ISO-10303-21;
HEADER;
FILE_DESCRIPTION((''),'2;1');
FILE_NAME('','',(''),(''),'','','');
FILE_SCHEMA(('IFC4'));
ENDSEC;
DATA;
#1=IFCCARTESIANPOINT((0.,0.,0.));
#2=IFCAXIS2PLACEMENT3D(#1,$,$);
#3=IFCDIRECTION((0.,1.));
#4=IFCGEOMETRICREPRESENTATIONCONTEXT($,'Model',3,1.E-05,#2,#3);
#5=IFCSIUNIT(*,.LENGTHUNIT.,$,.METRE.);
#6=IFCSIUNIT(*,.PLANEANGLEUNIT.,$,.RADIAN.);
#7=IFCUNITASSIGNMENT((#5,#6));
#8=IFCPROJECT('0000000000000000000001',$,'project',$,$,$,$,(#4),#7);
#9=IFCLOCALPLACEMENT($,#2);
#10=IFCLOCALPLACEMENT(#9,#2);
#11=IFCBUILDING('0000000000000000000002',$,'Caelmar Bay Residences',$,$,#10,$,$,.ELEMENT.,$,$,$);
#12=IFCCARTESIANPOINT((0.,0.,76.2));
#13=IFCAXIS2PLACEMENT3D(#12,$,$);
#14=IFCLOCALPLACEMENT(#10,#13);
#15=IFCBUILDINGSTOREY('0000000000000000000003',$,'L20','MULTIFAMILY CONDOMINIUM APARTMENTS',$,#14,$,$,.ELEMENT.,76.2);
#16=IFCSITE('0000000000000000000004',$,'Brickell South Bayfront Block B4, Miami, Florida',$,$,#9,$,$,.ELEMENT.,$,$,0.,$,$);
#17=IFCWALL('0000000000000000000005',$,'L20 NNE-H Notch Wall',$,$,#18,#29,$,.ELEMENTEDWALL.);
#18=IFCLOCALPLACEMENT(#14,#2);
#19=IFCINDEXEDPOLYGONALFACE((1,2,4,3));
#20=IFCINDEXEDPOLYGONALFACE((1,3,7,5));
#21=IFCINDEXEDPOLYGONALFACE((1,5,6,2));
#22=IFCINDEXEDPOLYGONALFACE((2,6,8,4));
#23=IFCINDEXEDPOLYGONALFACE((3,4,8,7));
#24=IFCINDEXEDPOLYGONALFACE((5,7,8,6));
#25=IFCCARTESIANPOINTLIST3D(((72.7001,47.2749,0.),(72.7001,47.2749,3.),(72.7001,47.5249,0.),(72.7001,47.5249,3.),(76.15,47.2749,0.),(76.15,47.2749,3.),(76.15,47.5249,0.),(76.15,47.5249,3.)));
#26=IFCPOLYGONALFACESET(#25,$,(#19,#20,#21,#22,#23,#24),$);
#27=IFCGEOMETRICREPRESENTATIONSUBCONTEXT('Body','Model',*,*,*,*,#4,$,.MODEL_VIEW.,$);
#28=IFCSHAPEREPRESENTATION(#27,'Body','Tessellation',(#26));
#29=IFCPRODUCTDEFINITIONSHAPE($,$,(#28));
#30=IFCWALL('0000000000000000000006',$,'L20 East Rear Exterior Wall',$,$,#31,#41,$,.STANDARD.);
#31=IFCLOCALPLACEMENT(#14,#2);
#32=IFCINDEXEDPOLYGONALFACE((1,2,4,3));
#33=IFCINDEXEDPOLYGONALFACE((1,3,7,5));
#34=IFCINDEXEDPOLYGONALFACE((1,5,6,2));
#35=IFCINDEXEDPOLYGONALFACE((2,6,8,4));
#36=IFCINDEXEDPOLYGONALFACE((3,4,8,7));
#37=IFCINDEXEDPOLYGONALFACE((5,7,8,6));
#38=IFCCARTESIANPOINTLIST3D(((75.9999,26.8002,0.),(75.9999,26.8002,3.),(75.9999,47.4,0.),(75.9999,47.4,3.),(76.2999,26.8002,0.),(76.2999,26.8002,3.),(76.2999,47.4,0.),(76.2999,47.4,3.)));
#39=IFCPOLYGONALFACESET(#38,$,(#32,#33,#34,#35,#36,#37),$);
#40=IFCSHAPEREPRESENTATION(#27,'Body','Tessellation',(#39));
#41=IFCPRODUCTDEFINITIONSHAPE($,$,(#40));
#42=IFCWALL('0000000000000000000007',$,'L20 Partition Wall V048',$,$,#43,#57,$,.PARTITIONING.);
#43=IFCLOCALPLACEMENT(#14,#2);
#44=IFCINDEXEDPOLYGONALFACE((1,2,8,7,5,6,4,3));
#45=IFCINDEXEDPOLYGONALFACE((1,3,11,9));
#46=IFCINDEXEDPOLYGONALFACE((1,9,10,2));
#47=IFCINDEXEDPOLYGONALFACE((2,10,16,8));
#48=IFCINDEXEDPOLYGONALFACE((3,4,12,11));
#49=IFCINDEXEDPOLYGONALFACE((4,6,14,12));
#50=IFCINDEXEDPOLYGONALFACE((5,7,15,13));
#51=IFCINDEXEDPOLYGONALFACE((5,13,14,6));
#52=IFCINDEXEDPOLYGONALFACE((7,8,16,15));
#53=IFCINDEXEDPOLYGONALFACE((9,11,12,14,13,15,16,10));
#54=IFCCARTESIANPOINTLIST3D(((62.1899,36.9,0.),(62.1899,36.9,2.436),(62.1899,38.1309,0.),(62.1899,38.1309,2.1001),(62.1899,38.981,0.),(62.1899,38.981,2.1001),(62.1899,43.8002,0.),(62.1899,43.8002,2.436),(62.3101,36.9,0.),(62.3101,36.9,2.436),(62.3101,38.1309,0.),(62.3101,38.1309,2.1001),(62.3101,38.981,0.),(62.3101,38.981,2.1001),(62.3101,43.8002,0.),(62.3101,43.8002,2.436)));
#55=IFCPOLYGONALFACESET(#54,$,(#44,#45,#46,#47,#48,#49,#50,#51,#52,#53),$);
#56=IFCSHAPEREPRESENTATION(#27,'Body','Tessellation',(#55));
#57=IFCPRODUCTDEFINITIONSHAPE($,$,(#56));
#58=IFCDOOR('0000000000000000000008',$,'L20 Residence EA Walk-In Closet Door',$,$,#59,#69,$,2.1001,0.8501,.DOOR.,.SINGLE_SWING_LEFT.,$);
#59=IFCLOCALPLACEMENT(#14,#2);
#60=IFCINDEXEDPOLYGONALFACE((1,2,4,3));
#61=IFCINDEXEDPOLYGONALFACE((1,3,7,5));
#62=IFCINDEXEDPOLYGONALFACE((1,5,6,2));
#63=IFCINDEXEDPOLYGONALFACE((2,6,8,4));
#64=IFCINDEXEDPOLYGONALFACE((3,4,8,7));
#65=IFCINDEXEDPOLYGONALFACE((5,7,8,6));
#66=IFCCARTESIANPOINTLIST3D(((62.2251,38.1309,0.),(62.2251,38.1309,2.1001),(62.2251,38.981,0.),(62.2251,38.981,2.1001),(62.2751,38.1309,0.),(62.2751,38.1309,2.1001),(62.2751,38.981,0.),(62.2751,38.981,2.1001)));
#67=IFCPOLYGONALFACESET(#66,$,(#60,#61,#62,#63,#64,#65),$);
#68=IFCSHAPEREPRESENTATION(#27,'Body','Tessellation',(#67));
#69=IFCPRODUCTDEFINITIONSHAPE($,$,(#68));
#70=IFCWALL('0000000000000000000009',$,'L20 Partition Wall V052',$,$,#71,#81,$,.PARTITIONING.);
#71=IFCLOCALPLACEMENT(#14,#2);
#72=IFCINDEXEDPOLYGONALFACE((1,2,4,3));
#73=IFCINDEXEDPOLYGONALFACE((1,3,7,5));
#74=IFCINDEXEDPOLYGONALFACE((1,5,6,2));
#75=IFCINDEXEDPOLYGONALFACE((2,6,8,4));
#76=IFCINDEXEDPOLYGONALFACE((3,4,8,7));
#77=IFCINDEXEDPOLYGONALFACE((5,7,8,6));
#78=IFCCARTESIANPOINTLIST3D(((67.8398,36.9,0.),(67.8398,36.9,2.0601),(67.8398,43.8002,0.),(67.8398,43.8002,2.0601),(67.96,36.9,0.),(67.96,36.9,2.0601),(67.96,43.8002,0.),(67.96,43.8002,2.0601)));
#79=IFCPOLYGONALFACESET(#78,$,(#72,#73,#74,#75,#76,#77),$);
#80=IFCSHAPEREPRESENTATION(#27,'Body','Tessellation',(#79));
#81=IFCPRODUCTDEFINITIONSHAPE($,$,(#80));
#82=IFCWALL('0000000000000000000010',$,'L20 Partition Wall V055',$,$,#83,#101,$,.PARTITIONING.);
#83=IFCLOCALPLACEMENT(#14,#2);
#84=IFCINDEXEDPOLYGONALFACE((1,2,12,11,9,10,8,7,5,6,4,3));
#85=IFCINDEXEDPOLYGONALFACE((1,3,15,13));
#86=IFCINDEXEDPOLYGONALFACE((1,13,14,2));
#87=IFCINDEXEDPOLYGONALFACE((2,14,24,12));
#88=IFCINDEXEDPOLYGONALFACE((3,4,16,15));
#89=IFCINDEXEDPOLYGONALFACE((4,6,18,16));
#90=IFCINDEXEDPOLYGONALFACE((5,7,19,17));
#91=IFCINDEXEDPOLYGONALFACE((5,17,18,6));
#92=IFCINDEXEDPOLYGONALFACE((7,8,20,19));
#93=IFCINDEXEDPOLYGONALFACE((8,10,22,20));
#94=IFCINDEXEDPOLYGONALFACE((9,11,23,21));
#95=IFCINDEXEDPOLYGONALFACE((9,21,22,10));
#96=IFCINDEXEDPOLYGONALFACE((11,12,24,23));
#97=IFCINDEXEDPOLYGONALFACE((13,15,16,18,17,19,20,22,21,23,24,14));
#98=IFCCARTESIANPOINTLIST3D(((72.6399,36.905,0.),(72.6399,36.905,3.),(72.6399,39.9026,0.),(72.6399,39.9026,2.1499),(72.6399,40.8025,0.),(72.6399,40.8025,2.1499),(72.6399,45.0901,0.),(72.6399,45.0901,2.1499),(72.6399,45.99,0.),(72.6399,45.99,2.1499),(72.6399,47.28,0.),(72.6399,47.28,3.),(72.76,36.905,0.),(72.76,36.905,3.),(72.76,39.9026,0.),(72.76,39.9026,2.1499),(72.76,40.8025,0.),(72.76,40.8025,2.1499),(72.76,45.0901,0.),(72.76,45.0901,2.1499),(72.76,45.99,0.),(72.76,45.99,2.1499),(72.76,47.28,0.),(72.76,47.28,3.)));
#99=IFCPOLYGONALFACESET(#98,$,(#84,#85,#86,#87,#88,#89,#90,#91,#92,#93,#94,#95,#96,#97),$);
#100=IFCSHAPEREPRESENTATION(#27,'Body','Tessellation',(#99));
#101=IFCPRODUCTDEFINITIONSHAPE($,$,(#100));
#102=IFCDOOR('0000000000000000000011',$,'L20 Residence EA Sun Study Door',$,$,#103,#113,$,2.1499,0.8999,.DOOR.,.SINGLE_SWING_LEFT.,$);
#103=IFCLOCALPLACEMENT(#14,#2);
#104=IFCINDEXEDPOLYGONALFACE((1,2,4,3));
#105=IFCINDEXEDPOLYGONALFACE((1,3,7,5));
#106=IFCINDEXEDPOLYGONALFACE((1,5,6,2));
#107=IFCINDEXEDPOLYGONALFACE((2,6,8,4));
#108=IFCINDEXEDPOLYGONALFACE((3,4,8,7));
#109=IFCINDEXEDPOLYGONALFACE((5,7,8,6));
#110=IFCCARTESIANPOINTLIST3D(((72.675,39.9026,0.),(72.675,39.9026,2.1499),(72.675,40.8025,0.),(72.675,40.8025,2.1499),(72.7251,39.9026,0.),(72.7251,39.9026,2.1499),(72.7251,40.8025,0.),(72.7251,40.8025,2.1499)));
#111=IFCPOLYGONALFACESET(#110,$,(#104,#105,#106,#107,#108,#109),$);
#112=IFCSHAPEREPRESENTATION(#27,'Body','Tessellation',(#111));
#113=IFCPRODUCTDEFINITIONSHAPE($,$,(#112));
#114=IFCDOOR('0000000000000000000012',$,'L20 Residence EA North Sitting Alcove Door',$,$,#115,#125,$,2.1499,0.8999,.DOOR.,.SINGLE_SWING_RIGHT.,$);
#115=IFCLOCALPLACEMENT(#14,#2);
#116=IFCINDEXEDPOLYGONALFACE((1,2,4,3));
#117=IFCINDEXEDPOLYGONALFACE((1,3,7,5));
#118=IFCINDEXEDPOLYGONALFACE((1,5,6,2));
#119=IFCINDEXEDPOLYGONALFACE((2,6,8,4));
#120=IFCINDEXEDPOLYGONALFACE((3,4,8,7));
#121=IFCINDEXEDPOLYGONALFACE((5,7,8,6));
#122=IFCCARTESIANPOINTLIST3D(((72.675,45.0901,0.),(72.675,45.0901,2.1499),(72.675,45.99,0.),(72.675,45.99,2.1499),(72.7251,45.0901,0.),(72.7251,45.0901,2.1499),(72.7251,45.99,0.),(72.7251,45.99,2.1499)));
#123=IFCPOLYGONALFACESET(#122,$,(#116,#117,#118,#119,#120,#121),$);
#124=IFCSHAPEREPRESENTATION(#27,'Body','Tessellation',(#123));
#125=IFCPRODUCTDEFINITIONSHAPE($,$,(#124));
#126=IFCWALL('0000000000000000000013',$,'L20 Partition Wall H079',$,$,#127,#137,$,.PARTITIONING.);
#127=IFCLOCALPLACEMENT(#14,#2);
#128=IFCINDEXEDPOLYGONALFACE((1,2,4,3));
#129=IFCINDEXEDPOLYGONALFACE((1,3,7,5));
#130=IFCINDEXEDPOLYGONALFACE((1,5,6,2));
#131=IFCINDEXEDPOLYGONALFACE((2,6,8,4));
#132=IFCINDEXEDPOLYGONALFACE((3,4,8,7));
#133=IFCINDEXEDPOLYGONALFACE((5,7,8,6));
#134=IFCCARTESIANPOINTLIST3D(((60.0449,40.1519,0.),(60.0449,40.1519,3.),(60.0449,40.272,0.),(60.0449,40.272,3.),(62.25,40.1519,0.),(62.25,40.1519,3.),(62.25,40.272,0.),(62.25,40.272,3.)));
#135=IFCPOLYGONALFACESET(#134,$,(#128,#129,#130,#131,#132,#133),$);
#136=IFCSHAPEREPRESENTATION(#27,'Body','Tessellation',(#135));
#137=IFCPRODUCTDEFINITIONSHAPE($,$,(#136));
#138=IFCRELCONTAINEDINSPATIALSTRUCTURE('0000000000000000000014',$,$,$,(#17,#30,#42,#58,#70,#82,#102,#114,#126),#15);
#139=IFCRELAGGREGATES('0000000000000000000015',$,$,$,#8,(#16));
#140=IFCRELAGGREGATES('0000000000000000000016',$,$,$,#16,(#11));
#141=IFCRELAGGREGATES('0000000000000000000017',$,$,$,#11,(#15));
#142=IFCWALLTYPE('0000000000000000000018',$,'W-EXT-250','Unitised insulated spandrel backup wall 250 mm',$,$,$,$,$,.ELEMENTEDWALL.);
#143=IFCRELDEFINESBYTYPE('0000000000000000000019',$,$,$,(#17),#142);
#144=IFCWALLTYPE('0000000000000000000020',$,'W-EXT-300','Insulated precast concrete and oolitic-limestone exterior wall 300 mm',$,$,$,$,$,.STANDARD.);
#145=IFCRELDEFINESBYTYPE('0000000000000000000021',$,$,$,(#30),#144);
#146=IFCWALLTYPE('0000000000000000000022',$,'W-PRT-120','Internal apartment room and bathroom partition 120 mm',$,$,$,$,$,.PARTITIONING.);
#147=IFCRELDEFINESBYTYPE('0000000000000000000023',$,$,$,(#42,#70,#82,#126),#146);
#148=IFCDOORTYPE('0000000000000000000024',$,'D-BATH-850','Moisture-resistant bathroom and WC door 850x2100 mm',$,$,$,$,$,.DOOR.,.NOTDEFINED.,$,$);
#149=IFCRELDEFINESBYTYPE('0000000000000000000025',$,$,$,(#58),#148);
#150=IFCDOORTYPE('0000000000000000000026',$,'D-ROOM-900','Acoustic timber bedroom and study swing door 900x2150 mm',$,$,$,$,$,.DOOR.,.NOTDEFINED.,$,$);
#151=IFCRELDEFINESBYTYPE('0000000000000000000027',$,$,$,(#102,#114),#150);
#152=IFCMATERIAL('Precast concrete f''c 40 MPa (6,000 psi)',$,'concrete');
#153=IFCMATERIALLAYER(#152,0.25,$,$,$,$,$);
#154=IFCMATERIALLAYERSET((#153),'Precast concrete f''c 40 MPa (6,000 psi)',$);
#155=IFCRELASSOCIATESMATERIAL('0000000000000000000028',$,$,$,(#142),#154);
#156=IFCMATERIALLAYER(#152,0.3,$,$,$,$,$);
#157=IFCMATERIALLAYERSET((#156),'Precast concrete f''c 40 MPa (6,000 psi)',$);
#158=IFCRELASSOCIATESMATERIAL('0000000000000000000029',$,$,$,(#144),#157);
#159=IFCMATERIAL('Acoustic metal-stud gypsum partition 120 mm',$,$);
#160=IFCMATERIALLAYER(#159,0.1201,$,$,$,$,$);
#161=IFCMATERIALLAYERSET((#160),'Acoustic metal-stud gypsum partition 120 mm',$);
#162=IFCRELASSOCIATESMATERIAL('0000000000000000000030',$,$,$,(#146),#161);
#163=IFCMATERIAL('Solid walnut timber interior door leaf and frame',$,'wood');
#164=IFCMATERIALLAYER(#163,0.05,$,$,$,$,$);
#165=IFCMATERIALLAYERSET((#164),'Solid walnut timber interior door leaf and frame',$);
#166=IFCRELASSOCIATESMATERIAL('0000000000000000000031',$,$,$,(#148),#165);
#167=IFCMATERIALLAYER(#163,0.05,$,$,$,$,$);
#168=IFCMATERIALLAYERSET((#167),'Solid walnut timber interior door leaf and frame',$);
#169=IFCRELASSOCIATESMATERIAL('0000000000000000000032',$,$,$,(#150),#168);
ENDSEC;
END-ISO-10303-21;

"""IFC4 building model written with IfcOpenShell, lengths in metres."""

from ifc_helpers import new_model, si_unit, direction, frame, frame_2d, origin, place, context, subcontext, project, spatial, rectangle, extrude, material, layer, layer_set, type_object, element, fill, save


model = new_model("IFC4")

# Units and contexts
model_context = context("Model", 3, precision=1e-05, world=origin(), true_north=direction((0.0, 1.0)))
body_context = subcontext(model_context, "Body", "Model", "MODEL_VIEW")
ifc_project = project(units=[si_unit("LENGTHUNIT", "METRE"), si_unit("PLANEANGLEUNIT", "RADIAN")], contexts=[model_context])

# Site, building, storey
site_placement = place(None, origin())
site = spatial("IfcSite", under=ifc_project, at=site_placement, Name="Brickell South Bayfront Block B4, Miami, Florida", CompositionType="ELEMENT", RefElevation=0.0)
building_placement = place(site_placement, origin())
building = spatial("IfcBuilding", under=site, at=building_placement, Name="Caelmar Bay Residences", CompositionType="ELEMENT")
storey_placement = place(building_placement, frame((0.0, 0.0, 76.2)))
storey = spatial("IfcBuildingStorey", under=building, at=storey_placement, Name="L20", Description="MULTIFAMILY CONDOMINIUM APARTMENTS", CompositionType="ELEMENT", Elevation=76.2)

# Walls
ifc_material_1 = material(Name="Precast concrete f'c 40 MPa (6,000 psi)", Category="concrete")
ifc_layer_1 = layer(ifc_material_1, 0.25)
ifc_layer_set_1 = layer_set([ifc_layer_1], Name="Precast concrete f'c 40 MPa (6,000 psi)")
wall_type_1 = type_object("IfcWallType", Name="W-EXT-250", Description="Unitised insulated spandrel backup wall 250 mm", PredefinedType="ELEMENTEDWALL", material=ifc_layer_set_1)
wall_1_placement = place(storey_placement, frame((72.7, 47.3999, 0.0), z_axis=(0.0, 0.0, 1.0), x_axis=(1.0, 0.0, 0.0)))
element("IfcWall", 1, at=wall_1_placement, inside=storey, type_object=wall_type_1, Name="L20 NNE-H Notch Wall", PredefinedType="ELEMENTEDWALL", context=body_context, shape_type="SweptSolid", body=[
    extrude(rectangle(XDim=3.45, YDim=0.25, at=frame_2d((1.7251, 0.0))), origin(), (0.0, 0.0, 1.0), 3.0),
])
ifc_layer_2 = layer(ifc_material_1, 0.3)
ifc_layer_set_2 = layer_set([ifc_layer_2], Name="Precast concrete f'c 40 MPa (6,000 psi)")
wall_type_2 = type_object("IfcWallType", Name="W-EXT-300", Description="Insulated precast concrete and oolitic-limestone exterior wall 300 mm", PredefinedType="STANDARD", material=ifc_layer_set_2)
wall_2_placement = place(storey_placement, frame((76.1499, 47.3999, 0.0), z_axis=(0.0, 0.0, 1.0), x_axis=(0.0, -1.0, 0.0)))
element("IfcWall", 2, at=wall_2_placement, inside=storey, type_object=wall_type_2, Name="L20 East Rear Exterior Wall", PredefinedType="STANDARD", context=body_context, shape_type="SweptSolid", body=[
    extrude(rectangle(XDim=20.5999, YDim=0.3, at=frame_2d((10.2998, 0.0))), origin(), (0.0, 0.0, 1.0), 3.0),
])

# Wall, opening, door
ifc_material_2 = material(Name="Acoustic metal-stud gypsum partition 120 mm")
ifc_layer_3 = layer(ifc_material_2, 0.1201)
ifc_layer_set_3 = layer_set([ifc_layer_3], Name="Acoustic metal-stud gypsum partition 120 mm")
wall_type_3 = type_object("IfcWallType", Name="W-PRT-120", Description="Internal apartment room and bathroom partition 120 mm", PredefinedType="PARTITIONING", material=ifc_layer_set_3)
wall_3_placement = place(storey_placement, frame((62.25, 36.8999, 0.0), z_axis=(0.0, 0.0, 1.0), x_axis=(0.0, 1.0, 0.0)))
wall_3 = element("IfcWall", 3, at=wall_3_placement, inside=storey, type_object=wall_type_3, Name="L20 Partition Wall V048", PredefinedType="PARTITIONING", context=body_context, shape_type="SweptSolid", body=[
    extrude(rectangle(XDim=6.9001, YDim=0.1201, at=frame_2d((3.4502, 0.0))), origin(), (0.0, 0.0, 1.0), 2.436),
])
opening_1_placement = place(wall_3_placement, frame((1.231, 0.0, 0.0)))
opening_1 = element("IfcOpeningElement", 4, at=opening_1_placement, cuts=wall_3, PredefinedType="OPENING", context=body_context, shape_type="SweptSolid", body=[
    extrude(rectangle(XDim=0.8501, YDim=2.1001, at=frame_2d((0.425, 1.05))), frame((0.0, 0.0701, 0.0), z_axis=(0.0, -1.0, 0.0), x_axis=(1.0, 0.0, 0.0)), (0.0, 0.0, 1.0), 0.1401),
])
ifc_material_3 = material(Name="Solid walnut timber interior door leaf and frame", Category="wood")
ifc_layer_4 = layer(ifc_material_3, 0.05)
ifc_layer_set_4 = layer_set([ifc_layer_4], Name="Solid walnut timber interior door leaf and frame")
door_type_1 = type_object("IfcDoorType", Name="D-BATH-850", Description="Moisture-resistant bathroom and WC door 850x2100 mm", OperationType="NOTDEFINED", PredefinedType="DOOR", material=ifc_layer_set_4)
door_1_placement = place(opening_1_placement, origin())
door_1 = element("IfcDoor", 5, at=door_1_placement, inside=storey, type_object=door_type_1, Name="L20 Residence EA Walk-In Closet Door", OperationType="SINGLE_SWING_LEFT", OverallHeight=2.1001, OverallWidth=0.8501, PredefinedType="DOOR", context=body_context, shape_type="SweptSolid", body=[
    extrude(rectangle(XDim=0.8501, YDim=2.1001, at=frame_2d((0.425, 1.05))), frame((0.0, 0.0249, 0.0), z_axis=(0.0, -1.0, 0.0), x_axis=(1.0, 0.0, 0.0)), (0.0, 0.0, 1.0), 0.05),
])
fill(opening_1, door_1)

# Wall
wall_4_placement = place(storey_placement, frame((67.8999, 36.8999, 0.0), z_axis=(0.0, 0.0, 1.0), x_axis=(0.0, 1.0, 0.0)))
element("IfcWall", 6, at=wall_4_placement, inside=storey, type_object=wall_type_3, Name="L20 Partition Wall V052", PredefinedType="PARTITIONING", context=body_context, shape_type="SweptSolid", body=[
    extrude(rectangle(XDim=6.9001, YDim=0.1201, at=frame_2d((3.4502, 0.0))), origin(), (0.0, 0.0, 1.0), 2.0601),
])

# Wall, openings, doors
wall_5_placement = place(storey_placement, frame((72.7, 36.905, 0.0), z_axis=(0.0, 0.0, 1.0), x_axis=(0.0, 1.0, 0.0)))
wall_5 = element("IfcWall", 7, at=wall_5_placement, inside=storey, type_object=wall_type_3, Name="L20 Partition Wall V055", PredefinedType="PARTITIONING", context=body_context, shape_type="SweptSolid", body=[
    extrude(rectangle(XDim=10.375, YDim=0.1201, at=frame_2d((5.1875, 0.0))), origin(), (0.0, 0.0, 1.0), 3.0),
])
opening_2_placement = place(wall_5_placement, frame((2.9976, 0.0, 0.0)))
opening_2 = element("IfcOpeningElement", 8, at=opening_2_placement, cuts=wall_5, PredefinedType="OPENING", context=body_context, shape_type="SweptSolid", body=[
    extrude(rectangle(XDim=0.8999, YDim=2.1499, at=frame_2d((0.45, 1.075))), frame((0.0, 0.0701, 0.0), z_axis=(0.0, -1.0, 0.0), x_axis=(1.0, 0.0, 0.0)), (0.0, 0.0, 1.0), 0.1401),
])
opening_3_placement = place(wall_5_placement, frame((8.1851, 0.0, 0.0)))
opening_3 = element("IfcOpeningElement", 9, at=opening_3_placement, cuts=wall_5, PredefinedType="OPENING", context=body_context, shape_type="SweptSolid", body=[
    extrude(rectangle(XDim=0.8999, YDim=2.1499, at=frame_2d((0.45, 1.075))), frame((0.0, 0.0701, 0.0), z_axis=(0.0, -1.0, 0.0), x_axis=(1.0, 0.0, 0.0)), (0.0, 0.0, 1.0), 0.1401),
])
ifc_layer_5 = layer(ifc_material_3, 0.05)
ifc_layer_set_5 = layer_set([ifc_layer_5], Name="Solid walnut timber interior door leaf and frame")
door_type_2 = type_object("IfcDoorType", Name="D-ROOM-900", Description="Acoustic timber bedroom and study swing door 900x2150 mm", OperationType="NOTDEFINED", PredefinedType="DOOR", material=ifc_layer_set_5)
door_2_placement = place(opening_2_placement, origin())
door_2 = element("IfcDoor", 10, at=door_2_placement, inside=storey, type_object=door_type_2, Name="L20 Residence EA Sun Study Door", OperationType="SINGLE_SWING_LEFT", OverallHeight=2.1499, OverallWidth=0.8999, PredefinedType="DOOR", context=body_context, shape_type="SweptSolid", body=[
    extrude(rectangle(XDim=0.8999, YDim=2.1499, at=frame_2d((0.45, 1.075))), frame((0.0, 0.0249, 0.0), z_axis=(0.0, -1.0, 0.0), x_axis=(1.0, 0.0, 0.0)), (0.0, 0.0, 1.0), 0.05),
])
fill(opening_2, door_2)
door_3_placement = place(opening_3_placement, origin())
door_3 = element("IfcDoor", 11, at=door_3_placement, inside=storey, type_object=door_type_2, Name="L20 Residence EA North Sitting Alcove Door", OperationType="SINGLE_SWING_RIGHT", OverallHeight=2.1499, OverallWidth=0.8999, PredefinedType="DOOR", context=body_context, shape_type="SweptSolid", body=[
    extrude(rectangle(XDim=0.8999, YDim=2.1499, at=frame_2d((0.45, 1.075))), frame((0.0, 0.0249, 0.0), z_axis=(0.0, -1.0, 0.0), x_axis=(1.0, 0.0, 0.0)), (0.0, 0.0, 1.0), 0.05),
])
fill(opening_3, door_3)

# Wall
wall_6_placement = place(storey_placement, frame((60.0449, 40.2119, 0.0), z_axis=(0.0, 0.0, 1.0), x_axis=(1.0, 0.0, 0.0)))
element("IfcWall", 12, at=wall_6_placement, inside=storey, type_object=wall_type_3, Name="L20 Partition Wall H079", PredefinedType="PARTITIONING", context=body_context, shape_type="SweptSolid", body=[
    extrude(rectangle(XDim=2.2051, YDim=0.1201, at=frame_2d((1.1025, 0.0))), origin(), (0.0, 0.0, 1.0), 3.0),
])

save(model, "model.ifc")
